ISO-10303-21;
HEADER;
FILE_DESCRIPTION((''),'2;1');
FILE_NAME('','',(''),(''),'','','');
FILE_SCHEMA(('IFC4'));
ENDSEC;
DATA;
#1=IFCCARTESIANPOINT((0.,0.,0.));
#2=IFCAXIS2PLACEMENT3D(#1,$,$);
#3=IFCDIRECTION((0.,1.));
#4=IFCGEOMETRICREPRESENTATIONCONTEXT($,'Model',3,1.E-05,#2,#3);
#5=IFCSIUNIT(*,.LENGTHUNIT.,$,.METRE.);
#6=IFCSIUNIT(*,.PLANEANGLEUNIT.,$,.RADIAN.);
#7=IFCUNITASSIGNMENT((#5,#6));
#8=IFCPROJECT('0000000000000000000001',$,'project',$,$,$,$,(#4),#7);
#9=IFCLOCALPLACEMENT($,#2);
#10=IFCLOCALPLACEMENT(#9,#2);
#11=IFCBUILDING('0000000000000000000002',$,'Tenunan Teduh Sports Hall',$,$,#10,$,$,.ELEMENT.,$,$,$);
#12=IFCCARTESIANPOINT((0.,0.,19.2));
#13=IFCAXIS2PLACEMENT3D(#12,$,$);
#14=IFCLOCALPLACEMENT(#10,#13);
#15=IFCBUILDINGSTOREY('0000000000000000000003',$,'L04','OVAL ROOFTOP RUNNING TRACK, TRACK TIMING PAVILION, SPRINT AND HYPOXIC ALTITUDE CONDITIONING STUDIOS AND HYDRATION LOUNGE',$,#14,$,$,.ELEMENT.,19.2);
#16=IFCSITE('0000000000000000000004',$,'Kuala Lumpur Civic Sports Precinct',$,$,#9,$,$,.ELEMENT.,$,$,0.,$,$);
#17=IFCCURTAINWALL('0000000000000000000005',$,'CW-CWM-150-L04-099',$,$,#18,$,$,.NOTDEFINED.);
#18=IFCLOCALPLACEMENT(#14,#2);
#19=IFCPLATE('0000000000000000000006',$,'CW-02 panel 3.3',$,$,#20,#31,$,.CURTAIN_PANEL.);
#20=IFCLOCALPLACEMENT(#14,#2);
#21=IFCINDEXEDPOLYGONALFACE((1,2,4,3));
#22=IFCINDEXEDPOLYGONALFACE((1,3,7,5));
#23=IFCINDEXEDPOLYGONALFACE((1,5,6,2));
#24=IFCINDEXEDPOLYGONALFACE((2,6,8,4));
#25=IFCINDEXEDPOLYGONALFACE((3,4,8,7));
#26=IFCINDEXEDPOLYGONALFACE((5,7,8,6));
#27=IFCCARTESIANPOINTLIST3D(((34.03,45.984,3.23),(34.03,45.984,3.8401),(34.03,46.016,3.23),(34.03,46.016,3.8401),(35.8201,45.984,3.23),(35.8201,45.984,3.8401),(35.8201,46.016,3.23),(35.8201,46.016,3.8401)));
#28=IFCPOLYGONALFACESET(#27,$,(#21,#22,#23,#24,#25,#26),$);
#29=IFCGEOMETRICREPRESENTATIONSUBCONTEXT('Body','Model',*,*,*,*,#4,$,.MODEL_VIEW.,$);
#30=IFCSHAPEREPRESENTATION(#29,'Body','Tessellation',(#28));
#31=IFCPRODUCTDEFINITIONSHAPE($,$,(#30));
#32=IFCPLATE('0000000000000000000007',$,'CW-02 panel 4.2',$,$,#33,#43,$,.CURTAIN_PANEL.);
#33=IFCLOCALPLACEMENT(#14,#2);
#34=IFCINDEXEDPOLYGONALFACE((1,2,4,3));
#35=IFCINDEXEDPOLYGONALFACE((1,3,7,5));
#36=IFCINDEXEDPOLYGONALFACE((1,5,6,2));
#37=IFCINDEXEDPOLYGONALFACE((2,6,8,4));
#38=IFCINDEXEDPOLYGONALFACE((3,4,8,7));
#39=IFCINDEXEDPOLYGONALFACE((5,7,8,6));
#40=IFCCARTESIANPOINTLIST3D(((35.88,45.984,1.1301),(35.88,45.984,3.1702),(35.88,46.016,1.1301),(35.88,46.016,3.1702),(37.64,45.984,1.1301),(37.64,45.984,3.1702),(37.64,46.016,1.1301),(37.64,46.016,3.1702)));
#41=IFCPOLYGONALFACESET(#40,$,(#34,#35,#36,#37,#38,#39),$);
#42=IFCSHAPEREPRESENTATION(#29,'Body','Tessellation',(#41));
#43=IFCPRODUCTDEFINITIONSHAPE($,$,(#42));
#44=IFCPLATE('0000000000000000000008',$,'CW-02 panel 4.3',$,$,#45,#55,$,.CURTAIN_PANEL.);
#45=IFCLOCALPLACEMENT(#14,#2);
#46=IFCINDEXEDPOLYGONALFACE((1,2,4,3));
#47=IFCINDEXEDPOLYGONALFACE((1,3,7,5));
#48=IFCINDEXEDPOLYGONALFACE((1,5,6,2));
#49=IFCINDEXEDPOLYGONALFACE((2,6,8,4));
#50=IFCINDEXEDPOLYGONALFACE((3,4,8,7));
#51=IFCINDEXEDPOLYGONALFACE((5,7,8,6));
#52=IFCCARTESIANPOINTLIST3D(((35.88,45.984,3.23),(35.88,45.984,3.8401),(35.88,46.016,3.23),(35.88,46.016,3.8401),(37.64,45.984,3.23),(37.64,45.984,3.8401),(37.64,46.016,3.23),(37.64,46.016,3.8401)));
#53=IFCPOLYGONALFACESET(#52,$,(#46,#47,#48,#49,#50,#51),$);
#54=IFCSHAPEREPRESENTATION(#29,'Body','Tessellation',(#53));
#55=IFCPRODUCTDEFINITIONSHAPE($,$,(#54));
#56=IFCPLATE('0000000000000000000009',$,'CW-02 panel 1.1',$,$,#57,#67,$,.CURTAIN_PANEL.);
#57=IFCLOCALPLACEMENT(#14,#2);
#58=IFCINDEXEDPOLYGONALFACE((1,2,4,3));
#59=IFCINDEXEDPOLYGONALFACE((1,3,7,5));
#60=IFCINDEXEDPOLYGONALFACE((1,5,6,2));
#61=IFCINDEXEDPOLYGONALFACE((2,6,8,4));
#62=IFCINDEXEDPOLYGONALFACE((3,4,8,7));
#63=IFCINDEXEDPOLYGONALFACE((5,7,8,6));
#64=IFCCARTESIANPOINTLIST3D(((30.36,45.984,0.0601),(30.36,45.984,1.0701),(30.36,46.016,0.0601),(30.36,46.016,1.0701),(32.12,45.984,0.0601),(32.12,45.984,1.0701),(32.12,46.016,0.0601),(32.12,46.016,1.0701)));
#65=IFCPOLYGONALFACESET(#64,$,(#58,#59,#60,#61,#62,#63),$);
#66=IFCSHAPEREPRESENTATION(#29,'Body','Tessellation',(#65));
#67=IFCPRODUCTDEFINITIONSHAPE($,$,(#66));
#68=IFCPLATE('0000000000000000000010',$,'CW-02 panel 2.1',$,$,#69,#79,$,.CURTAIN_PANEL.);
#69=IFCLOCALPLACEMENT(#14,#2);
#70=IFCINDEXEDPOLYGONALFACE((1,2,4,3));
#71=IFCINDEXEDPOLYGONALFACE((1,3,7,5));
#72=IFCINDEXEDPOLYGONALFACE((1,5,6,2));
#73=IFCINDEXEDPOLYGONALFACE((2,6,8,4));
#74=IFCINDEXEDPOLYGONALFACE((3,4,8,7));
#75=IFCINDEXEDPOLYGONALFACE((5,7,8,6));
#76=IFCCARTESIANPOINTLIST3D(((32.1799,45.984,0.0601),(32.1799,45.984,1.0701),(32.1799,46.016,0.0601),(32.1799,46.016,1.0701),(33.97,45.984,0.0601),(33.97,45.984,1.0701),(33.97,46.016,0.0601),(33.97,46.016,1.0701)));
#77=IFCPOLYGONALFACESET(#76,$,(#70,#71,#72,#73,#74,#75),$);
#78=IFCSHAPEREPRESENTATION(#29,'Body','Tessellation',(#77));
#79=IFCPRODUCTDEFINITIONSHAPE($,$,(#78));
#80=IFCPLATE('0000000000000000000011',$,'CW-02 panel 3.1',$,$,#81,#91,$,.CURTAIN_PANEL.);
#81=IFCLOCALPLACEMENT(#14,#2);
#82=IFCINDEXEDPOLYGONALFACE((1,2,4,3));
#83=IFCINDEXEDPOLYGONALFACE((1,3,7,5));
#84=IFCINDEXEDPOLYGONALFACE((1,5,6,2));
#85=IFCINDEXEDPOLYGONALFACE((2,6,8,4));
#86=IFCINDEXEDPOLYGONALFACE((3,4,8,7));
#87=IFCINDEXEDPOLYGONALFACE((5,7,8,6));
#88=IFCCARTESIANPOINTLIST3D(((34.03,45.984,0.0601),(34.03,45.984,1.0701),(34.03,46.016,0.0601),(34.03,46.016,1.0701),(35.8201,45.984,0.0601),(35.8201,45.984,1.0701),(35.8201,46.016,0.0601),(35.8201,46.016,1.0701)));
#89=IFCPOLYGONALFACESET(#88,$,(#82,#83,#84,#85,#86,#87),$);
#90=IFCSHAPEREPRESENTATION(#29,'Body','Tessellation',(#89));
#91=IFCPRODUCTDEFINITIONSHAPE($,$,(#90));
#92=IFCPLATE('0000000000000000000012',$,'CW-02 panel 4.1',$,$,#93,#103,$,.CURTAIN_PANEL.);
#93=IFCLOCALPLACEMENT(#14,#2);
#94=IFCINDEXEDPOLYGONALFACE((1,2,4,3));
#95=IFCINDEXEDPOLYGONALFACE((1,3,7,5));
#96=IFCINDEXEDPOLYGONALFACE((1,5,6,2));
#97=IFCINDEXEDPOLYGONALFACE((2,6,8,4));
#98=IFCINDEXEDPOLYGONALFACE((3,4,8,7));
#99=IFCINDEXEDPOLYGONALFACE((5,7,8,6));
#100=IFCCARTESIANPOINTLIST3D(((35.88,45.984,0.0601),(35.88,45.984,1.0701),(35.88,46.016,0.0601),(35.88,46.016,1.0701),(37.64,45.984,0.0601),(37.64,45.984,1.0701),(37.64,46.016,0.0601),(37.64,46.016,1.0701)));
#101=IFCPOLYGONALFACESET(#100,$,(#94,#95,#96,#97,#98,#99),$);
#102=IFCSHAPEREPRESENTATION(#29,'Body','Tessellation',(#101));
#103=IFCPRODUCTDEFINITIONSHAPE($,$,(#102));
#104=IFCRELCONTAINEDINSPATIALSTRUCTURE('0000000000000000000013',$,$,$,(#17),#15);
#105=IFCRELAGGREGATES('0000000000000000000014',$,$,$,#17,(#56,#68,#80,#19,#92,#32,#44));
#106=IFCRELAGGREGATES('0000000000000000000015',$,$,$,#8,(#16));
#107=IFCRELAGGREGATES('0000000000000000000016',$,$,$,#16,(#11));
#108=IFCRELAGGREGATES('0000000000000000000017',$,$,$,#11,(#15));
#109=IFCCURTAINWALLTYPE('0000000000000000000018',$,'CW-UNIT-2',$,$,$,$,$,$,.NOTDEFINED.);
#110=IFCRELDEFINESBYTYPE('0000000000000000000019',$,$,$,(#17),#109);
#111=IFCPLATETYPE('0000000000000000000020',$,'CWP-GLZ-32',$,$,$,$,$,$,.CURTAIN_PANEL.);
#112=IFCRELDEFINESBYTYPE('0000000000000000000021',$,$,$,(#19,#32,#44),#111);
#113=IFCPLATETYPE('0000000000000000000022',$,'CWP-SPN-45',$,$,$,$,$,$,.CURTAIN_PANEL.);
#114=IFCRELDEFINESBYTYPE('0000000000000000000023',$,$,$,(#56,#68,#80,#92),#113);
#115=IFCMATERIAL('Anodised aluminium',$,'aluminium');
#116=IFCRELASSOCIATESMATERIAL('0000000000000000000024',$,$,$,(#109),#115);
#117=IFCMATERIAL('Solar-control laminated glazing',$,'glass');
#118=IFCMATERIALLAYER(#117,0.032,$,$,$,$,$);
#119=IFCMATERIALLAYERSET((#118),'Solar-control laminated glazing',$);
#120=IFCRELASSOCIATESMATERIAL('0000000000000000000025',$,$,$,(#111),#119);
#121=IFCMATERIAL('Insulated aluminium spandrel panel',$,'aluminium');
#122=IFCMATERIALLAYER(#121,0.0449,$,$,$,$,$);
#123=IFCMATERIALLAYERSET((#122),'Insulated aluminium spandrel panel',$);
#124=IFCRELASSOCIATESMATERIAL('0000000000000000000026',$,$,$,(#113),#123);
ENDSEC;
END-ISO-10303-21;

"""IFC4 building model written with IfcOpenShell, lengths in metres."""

from ifc_helpers import new_model, si_unit, direction, frame, origin, origin_2d, place, context, subcontext, project, spatial, rectangle, extrude, material, layer, layer_set, type_object, element, aggregate, save


model = new_model("IFC4")

# Units and contexts
model_context = context("Model", 3, precision=1e-05, world=origin(), true_north=direction((0.0, 1.0)))
body_context = subcontext(model_context, "Body", "Model", "MODEL_VIEW")
ifc_project = project(units=[si_unit("LENGTHUNIT", "METRE"), si_unit("PLANEANGLEUNIT", "RADIAN")], contexts=[model_context])

# Site, building, storey
site_placement = place(None, origin())
site = spatial("IfcSite", under=ifc_project, at=site_placement, Name="Kuala Lumpur Civic Sports Precinct", CompositionType="ELEMENT", RefElevation=0.0)
building_placement = place(site_placement, origin())
building = spatial("IfcBuilding", under=site, at=building_placement, Name="Tenunan Teduh Sports Hall", CompositionType="ELEMENT")
storey_placement = place(building_placement, frame((0.0, 0.0, 19.2)))
storey = spatial("IfcBuildingStorey", under=building, at=storey_placement, Name="L04", Description="OVAL ROOFTOP RUNNING TRACK, TRACK TIMING PAVILION, SPRINT AND HYPOXIC ALTITUDE CONDITIONING STUDIOS AND HYDRATION LOUNGE", CompositionType="ELEMENT", Elevation=19.2)

# Curtain wall
ifc_material_1 = material(Name="Anodised aluminium", Category="aluminium")
curtain_wall_type = type_object("IfcCurtainWallType", Name="CW-UNIT-2", PredefinedType="NOTDEFINED", material=ifc_material_1)
curtain_wall_1_placement = place(storey_placement, origin())
curtain_wall_1 = element("IfcCurtainWall", 1, at=curtain_wall_1_placement, inside=storey, type_object=curtain_wall_type, Name="CW-CWM-150-L04-099", PredefinedType="NOTDEFINED")

# Plates
ifc_material_2 = material(Name="Solar-control laminated glazing", Category="glass")
ifc_layer_1 = layer(ifc_material_2, 0.032)
ifc_layer_set_1 = layer_set([ifc_layer_1], Name="Solar-control laminated glazing")
plate_type_1 = type_object("IfcPlateType", Name="CWP-GLZ-32", PredefinedType="CURTAIN_PANEL", material=ifc_layer_set_1)
plate_1_placement = place(storey_placement, frame((34.925, 46.0, 3.23), z_axis=(0.0, 0.0, 1.0), x_axis=(1.0, 0.0, 0.0)))
plate_1 = element("IfcPlate", 2, at=plate_1_placement, type_object=plate_type_1, Name="CW-02 panel 3.3", PredefinedType="CURTAIN_PANEL", context=body_context, shape_type="SweptSolid", body=[
    extrude(rectangle(XDim=1.79, YDim=0.032, at=origin_2d()), origin(), (0.0, 0.0, 1.0), 0.6101),
])
plate_2_placement = place(storey_placement, frame((36.76, 46.0, 1.1301), z_axis=(0.0, 0.0, 1.0), x_axis=(1.0, 0.0, 0.0)))
plate_2 = element("IfcPlate", 3, at=plate_2_placement, type_object=plate_type_1, Name="CW-02 panel 4.2", PredefinedType="CURTAIN_PANEL", context=body_context, shape_type="SweptSolid", body=[
    extrude(rectangle(XDim=1.76, YDim=0.032, at=origin_2d()), origin(), (0.0, 0.0, 1.0), 2.04),
])
plate_3_placement = place(storey_placement, frame((36.76, 46.0, 3.23), z_axis=(0.0, 0.0, 1.0), x_axis=(1.0, 0.0, 0.0)))
plate_3 = element("IfcPlate", 4, at=plate_3_placement, type_object=plate_type_1, Name="CW-02 panel 4.3", PredefinedType="CURTAIN_PANEL", context=body_context, shape_type="SweptSolid", body=[
    extrude(rectangle(XDim=1.76, YDim=0.032, at=origin_2d()), origin(), (0.0, 0.0, 1.0), 0.6101),
])
ifc_material_3 = material(Name="Insulated aluminium spandrel panel", Category="aluminium")
ifc_layer_2 = layer(ifc_material_3, 0.0449)
ifc_layer_set_2 = layer_set([ifc_layer_2], Name="Insulated aluminium spandrel panel")
plate_type_2 = type_object("IfcPlateType", Name="CWP-SPN-45", PredefinedType="CURTAIN_PANEL", material=ifc_layer_set_2)
plate_4_placement = place(storey_placement, frame((31.24, 46.0, 0.0601), z_axis=(0.0, 0.0, 1.0), x_axis=(1.0, 0.0, 0.0)))
plate_4 = element("IfcPlate", 5, at=plate_4_placement, type_object=plate_type_2, Name="CW-02 panel 1.1", PredefinedType="CURTAIN_PANEL", context=body_context, shape_type="SweptSolid", body=[
    extrude(rectangle(XDim=1.76, YDim=0.032, at=origin_2d()), origin(), (0.0, 0.0, 1.0), 1.01),
])
plate_5_placement = place(storey_placement, frame((33.075, 46.0, 0.0601), z_axis=(0.0, 0.0, 1.0), x_axis=(1.0, 0.0, 0.0)))
plate_5 = element("IfcPlate", 6, at=plate_5_placement, type_object=plate_type_2, Name="CW-02 panel 2.1", PredefinedType="CURTAIN_PANEL", context=body_context, shape_type="SweptSolid", body=[
    extrude(rectangle(XDim=1.79, YDim=0.032, at=origin_2d()), origin(), (0.0, 0.0, 1.0), 1.01),
])
plate_6_placement = place(storey_placement, frame((34.925, 46.0, 0.0601), z_axis=(0.0, 0.0, 1.0), x_axis=(1.0, 0.0, 0.0)))
plate_6 = element("IfcPlate", 7, at=plate_6_placement, type_object=plate_type_2, Name="CW-02 panel 3.1", PredefinedType="CURTAIN_PANEL", context=body_context, shape_type="SweptSolid", body=[
    extrude(rectangle(XDim=1.79, YDim=0.032, at=origin_2d()), origin(), (0.0, 0.0, 1.0), 1.01),
])
plate_7_placement = place(storey_placement, frame((36.76, 46.0, 0.0601), z_axis=(0.0, 0.0, 1.0), x_axis=(1.0, 0.0, 0.0)))
plate_7 = element("IfcPlate", 8, at=plate_7_placement, type_object=plate_type_2, Name="CW-02 panel 4.1", PredefinedType="CURTAIN_PANEL", context=body_context, shape_type="SweptSolid", body=[
    extrude(rectangle(XDim=1.76, YDim=0.032, at=origin_2d()), origin(), (0.0, 0.0, 1.0), 1.01),
])
aggregate(curtain_wall_1, [plate_4, plate_5, plate_6, plate_1, plate_7, plate_2, plate_3])

save(model, "model.ifc")
